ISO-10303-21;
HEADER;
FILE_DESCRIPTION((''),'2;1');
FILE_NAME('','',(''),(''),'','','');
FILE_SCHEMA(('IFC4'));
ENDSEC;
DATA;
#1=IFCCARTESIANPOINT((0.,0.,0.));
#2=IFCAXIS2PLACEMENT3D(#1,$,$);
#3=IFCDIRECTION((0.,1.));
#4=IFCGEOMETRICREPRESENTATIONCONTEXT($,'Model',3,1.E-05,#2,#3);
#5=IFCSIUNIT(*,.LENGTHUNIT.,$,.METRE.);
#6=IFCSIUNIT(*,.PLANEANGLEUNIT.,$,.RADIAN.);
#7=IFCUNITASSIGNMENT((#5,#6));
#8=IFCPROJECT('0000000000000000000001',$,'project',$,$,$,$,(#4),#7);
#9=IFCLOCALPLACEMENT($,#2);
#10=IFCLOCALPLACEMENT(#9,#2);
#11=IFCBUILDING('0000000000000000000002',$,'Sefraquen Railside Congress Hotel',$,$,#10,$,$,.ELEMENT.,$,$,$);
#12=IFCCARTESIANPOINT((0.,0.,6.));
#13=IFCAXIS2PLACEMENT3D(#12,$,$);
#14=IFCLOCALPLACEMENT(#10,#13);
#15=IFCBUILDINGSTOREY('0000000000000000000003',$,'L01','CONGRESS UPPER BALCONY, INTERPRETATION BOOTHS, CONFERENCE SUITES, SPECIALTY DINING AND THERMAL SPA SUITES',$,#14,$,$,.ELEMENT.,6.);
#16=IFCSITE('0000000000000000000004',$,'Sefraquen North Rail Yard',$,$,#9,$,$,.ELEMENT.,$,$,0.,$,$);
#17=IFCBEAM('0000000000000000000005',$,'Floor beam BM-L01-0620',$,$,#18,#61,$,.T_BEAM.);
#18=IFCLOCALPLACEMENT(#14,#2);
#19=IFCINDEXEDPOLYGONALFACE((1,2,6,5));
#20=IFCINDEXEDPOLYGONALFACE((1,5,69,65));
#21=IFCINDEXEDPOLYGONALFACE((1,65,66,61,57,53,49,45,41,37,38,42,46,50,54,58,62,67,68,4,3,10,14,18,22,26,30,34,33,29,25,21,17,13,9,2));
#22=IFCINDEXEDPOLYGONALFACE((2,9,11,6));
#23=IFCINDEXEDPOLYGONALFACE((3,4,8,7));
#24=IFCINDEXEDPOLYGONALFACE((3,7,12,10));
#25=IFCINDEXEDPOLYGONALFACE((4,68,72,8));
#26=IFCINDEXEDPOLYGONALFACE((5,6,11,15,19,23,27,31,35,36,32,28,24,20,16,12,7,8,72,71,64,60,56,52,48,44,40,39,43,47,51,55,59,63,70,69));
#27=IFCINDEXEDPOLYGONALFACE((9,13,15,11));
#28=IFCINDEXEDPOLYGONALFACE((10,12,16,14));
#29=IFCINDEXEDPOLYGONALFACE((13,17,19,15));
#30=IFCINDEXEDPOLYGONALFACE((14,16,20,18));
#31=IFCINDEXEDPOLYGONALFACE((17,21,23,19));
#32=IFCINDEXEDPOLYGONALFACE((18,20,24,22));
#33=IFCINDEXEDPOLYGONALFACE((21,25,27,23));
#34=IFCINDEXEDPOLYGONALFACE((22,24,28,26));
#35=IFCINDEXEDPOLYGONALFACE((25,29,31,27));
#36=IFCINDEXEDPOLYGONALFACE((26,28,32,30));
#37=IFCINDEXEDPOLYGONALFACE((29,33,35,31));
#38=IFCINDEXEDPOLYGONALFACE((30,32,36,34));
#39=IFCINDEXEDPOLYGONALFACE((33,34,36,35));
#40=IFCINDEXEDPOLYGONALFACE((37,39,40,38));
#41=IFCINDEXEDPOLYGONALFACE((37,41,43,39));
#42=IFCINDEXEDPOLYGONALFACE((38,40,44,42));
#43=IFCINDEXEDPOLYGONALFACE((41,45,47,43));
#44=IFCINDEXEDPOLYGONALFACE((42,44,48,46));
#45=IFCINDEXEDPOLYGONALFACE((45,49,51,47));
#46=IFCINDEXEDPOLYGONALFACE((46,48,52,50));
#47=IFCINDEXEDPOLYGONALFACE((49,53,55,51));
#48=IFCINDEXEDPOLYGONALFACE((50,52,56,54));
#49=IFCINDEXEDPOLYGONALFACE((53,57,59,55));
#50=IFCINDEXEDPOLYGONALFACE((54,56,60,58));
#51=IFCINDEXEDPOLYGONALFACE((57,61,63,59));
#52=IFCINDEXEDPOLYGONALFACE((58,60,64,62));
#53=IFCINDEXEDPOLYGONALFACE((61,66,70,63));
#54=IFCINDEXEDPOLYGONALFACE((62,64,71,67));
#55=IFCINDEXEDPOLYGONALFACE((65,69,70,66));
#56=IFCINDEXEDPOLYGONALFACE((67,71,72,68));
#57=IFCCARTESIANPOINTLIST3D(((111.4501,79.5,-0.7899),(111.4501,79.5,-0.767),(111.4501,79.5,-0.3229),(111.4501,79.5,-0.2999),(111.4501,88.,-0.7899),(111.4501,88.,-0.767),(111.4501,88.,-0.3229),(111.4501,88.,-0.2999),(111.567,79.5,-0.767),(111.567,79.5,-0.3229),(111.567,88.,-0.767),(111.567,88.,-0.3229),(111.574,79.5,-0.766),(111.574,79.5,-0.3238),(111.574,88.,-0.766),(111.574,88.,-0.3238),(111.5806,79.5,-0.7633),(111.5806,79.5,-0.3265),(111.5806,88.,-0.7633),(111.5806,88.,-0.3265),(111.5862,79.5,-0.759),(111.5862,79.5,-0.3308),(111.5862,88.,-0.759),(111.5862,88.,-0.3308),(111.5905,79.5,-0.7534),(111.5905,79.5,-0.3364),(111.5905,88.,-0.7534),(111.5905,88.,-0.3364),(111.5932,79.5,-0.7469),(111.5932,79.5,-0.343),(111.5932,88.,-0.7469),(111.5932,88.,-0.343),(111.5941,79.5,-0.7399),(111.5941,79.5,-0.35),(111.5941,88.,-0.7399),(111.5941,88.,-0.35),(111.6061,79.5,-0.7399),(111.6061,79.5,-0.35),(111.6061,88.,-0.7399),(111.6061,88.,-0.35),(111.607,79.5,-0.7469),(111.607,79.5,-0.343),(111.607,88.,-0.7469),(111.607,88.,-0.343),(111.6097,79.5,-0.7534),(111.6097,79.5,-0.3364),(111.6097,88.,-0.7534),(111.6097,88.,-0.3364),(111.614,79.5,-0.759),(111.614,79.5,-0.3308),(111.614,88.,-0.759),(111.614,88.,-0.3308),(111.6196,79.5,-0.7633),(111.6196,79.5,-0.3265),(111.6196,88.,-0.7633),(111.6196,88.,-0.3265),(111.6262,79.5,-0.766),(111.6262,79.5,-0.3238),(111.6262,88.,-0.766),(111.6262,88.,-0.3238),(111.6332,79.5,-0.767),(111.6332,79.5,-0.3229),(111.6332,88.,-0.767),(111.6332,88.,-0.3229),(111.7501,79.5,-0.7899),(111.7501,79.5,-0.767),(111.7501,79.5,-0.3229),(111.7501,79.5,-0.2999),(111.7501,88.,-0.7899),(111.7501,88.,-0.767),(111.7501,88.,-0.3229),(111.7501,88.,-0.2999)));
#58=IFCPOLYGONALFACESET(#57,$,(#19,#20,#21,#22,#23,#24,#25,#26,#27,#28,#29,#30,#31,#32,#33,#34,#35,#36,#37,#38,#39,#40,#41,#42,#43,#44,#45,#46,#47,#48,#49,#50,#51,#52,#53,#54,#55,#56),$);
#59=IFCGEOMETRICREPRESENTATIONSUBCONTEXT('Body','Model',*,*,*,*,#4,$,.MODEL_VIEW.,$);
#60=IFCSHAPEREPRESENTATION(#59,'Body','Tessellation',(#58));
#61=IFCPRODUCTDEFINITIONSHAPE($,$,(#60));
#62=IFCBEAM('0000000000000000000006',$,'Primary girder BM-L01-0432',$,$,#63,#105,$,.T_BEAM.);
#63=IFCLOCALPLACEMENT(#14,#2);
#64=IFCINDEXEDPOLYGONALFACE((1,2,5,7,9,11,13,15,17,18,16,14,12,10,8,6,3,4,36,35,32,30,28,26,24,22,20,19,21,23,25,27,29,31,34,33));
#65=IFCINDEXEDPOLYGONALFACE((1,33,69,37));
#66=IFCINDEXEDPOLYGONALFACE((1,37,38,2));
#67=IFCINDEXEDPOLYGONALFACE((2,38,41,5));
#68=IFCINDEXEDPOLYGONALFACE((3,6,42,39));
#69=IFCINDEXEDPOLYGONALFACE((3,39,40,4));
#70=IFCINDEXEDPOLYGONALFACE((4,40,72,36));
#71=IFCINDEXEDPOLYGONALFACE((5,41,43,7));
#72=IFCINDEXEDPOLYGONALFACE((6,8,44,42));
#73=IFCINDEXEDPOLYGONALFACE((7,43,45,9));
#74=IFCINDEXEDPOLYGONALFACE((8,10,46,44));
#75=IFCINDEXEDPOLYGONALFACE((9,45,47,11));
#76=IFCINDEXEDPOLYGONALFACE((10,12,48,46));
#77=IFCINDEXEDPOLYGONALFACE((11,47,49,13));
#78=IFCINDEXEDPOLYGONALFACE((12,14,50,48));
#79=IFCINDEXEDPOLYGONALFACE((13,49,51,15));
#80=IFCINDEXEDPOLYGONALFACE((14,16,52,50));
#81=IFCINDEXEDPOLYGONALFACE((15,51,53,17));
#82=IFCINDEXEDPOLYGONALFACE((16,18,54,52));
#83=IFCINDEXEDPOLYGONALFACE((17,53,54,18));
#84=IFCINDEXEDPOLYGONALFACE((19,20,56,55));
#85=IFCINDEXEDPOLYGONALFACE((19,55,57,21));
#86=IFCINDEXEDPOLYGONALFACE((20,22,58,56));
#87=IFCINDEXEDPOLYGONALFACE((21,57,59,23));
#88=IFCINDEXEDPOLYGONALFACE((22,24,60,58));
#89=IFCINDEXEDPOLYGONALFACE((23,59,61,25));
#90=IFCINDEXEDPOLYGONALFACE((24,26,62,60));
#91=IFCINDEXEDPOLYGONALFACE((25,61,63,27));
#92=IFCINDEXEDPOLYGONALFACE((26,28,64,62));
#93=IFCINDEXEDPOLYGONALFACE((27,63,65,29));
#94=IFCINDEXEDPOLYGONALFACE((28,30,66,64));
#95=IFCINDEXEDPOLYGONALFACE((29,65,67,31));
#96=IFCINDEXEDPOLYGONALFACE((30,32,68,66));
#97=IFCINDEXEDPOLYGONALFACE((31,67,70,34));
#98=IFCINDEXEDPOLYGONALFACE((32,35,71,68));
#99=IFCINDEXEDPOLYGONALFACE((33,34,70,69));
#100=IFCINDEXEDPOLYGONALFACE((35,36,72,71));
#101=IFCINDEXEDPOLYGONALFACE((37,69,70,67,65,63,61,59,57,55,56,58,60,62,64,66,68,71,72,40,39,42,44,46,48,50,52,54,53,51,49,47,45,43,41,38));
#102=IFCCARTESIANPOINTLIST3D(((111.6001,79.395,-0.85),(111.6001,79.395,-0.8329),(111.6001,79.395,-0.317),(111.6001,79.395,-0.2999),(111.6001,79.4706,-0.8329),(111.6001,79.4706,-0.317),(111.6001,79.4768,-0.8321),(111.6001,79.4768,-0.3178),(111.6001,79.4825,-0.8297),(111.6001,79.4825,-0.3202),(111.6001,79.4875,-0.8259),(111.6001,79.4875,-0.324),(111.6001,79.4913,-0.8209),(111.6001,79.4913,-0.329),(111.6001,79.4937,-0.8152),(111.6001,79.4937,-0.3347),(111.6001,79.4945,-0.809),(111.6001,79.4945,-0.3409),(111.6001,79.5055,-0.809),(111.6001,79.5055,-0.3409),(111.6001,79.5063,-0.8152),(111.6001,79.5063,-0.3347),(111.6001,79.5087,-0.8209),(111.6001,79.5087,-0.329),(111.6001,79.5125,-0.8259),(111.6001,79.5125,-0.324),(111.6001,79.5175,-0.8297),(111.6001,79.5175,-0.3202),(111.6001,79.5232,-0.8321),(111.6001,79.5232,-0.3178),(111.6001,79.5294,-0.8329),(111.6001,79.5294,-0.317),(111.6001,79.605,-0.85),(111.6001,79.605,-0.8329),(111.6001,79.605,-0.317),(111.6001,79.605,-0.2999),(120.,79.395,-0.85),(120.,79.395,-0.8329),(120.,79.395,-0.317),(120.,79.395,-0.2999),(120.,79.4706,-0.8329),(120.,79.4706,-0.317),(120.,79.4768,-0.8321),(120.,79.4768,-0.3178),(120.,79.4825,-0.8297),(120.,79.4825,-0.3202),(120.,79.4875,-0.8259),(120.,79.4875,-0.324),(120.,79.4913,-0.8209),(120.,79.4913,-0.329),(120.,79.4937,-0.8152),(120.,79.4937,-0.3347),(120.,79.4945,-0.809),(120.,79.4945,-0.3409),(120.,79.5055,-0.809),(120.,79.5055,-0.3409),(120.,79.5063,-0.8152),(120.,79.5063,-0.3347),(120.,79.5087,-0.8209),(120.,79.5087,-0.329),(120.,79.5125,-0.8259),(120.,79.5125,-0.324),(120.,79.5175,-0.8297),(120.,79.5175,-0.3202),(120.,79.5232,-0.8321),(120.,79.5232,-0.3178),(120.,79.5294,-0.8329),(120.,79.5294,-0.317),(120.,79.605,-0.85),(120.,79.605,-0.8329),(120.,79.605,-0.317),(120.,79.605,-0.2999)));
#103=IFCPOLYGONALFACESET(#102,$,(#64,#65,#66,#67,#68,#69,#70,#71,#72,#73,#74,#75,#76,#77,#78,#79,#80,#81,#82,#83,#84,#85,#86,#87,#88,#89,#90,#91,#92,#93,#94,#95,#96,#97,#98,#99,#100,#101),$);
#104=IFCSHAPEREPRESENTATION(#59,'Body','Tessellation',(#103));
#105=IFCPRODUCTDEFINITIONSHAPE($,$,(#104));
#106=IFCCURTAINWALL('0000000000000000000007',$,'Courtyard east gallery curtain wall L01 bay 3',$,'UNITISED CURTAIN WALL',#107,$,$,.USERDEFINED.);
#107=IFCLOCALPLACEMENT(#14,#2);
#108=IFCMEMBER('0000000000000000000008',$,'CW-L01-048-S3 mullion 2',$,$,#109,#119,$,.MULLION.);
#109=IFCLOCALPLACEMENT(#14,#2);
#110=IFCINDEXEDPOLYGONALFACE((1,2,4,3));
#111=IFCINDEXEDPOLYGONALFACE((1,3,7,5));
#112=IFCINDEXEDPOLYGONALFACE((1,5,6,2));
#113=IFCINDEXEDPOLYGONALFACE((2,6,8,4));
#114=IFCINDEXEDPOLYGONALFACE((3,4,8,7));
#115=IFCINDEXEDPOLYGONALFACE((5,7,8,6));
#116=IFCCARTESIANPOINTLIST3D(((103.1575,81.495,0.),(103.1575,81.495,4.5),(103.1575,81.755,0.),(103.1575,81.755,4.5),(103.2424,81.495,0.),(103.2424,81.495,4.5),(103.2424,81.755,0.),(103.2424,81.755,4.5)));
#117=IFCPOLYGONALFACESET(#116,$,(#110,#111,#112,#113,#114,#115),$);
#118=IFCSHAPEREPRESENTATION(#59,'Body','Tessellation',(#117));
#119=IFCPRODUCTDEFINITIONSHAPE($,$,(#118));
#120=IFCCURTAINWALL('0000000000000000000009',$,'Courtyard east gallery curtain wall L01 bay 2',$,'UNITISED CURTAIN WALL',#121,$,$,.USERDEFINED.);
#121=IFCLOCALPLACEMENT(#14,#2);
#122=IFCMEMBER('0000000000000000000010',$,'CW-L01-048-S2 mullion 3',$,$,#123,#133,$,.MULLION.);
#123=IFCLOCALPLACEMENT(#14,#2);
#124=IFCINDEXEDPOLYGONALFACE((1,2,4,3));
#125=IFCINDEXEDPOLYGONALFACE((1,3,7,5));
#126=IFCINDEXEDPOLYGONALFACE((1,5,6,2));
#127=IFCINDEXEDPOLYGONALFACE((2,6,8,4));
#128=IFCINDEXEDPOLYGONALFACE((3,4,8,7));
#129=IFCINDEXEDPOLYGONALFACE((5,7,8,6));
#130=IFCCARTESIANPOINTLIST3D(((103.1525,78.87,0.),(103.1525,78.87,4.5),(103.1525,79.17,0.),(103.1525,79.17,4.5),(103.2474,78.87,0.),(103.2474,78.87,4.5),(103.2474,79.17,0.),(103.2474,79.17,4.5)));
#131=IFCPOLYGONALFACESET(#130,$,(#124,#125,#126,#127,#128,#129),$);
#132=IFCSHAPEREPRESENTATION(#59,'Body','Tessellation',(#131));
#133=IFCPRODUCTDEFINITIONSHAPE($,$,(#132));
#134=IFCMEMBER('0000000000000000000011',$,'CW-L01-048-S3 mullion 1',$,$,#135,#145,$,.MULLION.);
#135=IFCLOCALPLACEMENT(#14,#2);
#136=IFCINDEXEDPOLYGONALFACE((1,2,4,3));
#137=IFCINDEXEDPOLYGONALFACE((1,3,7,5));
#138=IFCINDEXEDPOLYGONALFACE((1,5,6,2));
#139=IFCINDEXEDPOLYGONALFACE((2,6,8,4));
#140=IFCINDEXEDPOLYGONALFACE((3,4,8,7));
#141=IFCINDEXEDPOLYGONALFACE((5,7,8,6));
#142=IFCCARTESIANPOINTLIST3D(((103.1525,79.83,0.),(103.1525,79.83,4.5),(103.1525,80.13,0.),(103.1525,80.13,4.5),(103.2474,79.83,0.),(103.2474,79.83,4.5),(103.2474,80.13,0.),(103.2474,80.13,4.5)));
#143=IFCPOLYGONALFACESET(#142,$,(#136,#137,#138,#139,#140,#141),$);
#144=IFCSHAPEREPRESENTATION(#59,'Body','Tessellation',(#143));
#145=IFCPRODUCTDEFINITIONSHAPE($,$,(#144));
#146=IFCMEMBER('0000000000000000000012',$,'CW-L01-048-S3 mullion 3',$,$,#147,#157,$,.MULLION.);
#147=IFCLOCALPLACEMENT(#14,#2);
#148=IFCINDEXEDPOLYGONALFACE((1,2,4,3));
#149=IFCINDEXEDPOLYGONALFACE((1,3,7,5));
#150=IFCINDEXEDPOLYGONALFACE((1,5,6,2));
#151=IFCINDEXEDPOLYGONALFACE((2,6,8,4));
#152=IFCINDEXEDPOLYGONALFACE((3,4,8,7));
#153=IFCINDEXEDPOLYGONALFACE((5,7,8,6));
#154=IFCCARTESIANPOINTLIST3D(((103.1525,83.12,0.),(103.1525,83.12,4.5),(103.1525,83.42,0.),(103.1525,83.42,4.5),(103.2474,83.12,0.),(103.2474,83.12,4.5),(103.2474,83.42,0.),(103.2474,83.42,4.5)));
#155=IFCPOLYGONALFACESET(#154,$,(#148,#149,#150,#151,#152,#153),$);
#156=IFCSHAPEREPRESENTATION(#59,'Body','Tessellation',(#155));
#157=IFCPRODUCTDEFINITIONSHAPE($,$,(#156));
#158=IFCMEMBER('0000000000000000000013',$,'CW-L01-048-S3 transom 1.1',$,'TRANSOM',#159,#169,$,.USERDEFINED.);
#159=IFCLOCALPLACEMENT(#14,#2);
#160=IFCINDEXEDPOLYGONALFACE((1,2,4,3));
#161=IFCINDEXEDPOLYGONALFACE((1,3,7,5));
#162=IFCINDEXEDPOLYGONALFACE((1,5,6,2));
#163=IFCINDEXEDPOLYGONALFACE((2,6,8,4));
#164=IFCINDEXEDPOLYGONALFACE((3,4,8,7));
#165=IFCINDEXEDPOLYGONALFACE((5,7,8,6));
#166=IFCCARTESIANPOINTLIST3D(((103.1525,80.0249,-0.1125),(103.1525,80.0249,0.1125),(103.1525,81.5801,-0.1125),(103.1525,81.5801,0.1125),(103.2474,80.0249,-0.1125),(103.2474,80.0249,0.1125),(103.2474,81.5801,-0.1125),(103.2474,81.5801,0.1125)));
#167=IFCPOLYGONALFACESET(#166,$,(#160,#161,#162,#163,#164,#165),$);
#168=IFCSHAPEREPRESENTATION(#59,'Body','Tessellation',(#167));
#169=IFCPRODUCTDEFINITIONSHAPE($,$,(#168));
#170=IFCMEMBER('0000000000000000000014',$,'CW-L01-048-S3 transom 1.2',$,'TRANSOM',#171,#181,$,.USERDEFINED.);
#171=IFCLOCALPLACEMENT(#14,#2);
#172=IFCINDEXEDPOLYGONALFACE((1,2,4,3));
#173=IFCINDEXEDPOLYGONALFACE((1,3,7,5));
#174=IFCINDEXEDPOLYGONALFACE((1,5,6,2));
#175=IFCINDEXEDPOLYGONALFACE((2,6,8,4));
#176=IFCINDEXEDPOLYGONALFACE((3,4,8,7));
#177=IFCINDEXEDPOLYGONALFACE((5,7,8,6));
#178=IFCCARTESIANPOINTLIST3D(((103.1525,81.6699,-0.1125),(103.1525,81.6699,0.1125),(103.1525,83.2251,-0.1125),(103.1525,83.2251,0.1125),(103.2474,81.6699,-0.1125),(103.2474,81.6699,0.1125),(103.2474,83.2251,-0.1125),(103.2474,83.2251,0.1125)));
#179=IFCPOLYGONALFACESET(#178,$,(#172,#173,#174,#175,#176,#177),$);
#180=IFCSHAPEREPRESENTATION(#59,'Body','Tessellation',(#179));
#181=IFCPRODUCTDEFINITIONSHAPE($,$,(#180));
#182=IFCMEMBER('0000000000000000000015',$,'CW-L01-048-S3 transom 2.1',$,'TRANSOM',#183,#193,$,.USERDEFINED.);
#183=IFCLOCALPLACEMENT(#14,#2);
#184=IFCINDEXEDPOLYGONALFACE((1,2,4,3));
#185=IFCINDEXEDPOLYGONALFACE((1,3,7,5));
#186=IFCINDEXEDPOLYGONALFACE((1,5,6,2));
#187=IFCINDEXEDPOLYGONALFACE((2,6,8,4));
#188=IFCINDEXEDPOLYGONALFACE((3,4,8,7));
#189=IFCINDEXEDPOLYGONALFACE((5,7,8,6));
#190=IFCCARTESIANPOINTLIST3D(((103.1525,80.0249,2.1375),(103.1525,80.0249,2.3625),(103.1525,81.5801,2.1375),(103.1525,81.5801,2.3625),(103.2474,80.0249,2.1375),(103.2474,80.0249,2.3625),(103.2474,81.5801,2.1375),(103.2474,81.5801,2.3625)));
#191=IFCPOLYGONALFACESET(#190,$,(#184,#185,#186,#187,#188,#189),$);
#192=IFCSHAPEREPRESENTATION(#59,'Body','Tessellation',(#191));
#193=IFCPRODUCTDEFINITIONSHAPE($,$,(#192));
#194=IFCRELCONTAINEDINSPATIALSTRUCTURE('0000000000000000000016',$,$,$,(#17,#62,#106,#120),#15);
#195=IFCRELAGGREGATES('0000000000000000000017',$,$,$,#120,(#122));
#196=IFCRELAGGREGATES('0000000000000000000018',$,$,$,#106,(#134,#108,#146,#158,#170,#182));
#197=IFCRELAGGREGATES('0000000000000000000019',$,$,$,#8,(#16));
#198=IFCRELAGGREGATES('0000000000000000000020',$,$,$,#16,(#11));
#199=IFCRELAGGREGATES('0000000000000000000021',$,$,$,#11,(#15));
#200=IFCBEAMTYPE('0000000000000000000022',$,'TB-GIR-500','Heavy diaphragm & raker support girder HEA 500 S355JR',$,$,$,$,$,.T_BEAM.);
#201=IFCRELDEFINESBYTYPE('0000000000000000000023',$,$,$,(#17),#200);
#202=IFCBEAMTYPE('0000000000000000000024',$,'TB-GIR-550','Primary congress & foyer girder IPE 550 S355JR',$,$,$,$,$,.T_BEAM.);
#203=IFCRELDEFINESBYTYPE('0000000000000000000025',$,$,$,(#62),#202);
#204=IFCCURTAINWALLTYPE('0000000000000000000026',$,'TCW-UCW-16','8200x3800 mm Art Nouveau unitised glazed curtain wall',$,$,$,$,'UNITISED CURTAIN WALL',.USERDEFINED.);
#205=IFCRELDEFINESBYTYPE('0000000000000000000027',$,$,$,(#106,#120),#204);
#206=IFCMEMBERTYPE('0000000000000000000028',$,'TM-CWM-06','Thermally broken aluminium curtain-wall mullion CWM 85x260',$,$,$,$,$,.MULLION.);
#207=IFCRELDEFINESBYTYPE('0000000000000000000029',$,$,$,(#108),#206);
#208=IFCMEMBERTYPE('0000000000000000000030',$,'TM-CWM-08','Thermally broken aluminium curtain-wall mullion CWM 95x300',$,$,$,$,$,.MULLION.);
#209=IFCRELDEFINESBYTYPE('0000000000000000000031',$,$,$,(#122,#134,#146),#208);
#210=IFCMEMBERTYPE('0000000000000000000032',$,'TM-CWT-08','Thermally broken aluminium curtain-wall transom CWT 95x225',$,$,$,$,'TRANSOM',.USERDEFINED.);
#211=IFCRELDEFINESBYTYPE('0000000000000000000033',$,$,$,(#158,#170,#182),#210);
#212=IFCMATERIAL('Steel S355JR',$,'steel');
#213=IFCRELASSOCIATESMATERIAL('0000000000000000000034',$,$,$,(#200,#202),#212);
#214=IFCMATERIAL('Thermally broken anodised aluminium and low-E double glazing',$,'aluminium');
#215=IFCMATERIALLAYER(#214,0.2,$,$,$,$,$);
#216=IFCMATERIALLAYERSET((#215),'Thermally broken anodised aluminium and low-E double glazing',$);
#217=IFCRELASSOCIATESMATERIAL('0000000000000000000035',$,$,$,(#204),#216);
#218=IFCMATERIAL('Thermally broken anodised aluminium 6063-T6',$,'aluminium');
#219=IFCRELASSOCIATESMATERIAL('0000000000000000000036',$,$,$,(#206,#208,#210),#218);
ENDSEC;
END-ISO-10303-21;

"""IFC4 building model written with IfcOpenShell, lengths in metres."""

from ifc_helpers import new_model, si_unit, direction, frame, origin, origin_2d, place, context, subcontext, project, spatial, rectangle, i_section, extrude, material, layer, layer_set, material_profile, profile_set, type_object, element, aggregate, save


model = new_model("IFC4")

# Units and contexts
model_context = context("Model", 3, precision=1e-05, world=origin(), true_north=direction((0.0, 1.0)))
body_context = subcontext(model_context, "Body", "Model", "MODEL_VIEW")
ifc_project = project(units=[si_unit("LENGTHUNIT", "METRE"), si_unit("PLANEANGLEUNIT", "RADIAN")], contexts=[model_context])

# Site, building, storey
site_placement = place(None, origin())
site = spatial("IfcSite", under=ifc_project, at=site_placement, Name="Sefraquen North Rail Yard", CompositionType="ELEMENT", RefElevation=0.0)
building_placement = place(site_placement, origin())
building = spatial("IfcBuilding", under=site, at=building_placement, Name="Sefraquen Railside Congress Hotel", CompositionType="ELEMENT")
storey_placement = place(building_placement, frame((0.0, 0.0, 6.0)))
storey = spatial("IfcBuildingStorey", under=building, at=storey_placement, Name="L01", Description="CONGRESS UPPER BALCONY, INTERPRETATION BOOTHS, CONFERENCE SUITES, SPECIALTY DINING AND THERMAL SPA SUITES", CompositionType="ELEMENT", Elevation=6.0)

# Shared definitions
ifc_material_1 = material(Name="Steel S355JR", Category="steel")

# Beams
ifc_material_profile_1 = material_profile(ifc_material_1, i_section(OverallWidth=0.3, OverallDepth=0.49, WebThickness=0.012, FlangeThickness=0.0229, FilletRadius=0.0271, at=origin_2d()), Name="HEA 500")
ifc_profile_set_1 = profile_set([ifc_material_profile_1], Name="Steel S355JR")
beam_type_1 = type_object("IfcBeamType", Name="TB-GIR-500", Description="Heavy diaphragm & raker support girder HEA 500 S355JR", PredefinedType="T_BEAM", material=ifc_profile_set_1)
for number, where, z_axis, x_axis, name in (
    (1, (111.6001, 79.5, -0.5449), (0.0, 1.0, 0.0), (-1.0, 0.0, 0.0), "Floor beam BM-L01-0620"),
):
    element("IfcBeam", number, at=place(storey_placement, frame(where, z_axis=z_axis, x_axis=x_axis)), inside=storey, type_object=beam_type_1, Name=name, PredefinedType="T_BEAM", context=body_context, shape_type="SweptSolid", body=[
        extrude(i_section(OverallWidth=0.3, OverallDepth=0.49, WebThickness=0.012, FlangeThickness=0.0229, FilletRadius=0.0271, at=origin_2d()), origin(), (0.0, 0.0, 1.0), 8.5),
    ])
ifc_material_profile_2 = material_profile(ifc_material_1, i_section(OverallWidth=0.21, OverallDepth=0.55, WebThickness=0.011, FlangeThickness=0.0171, FilletRadius=0.0239, at=origin_2d()), Name="IPE 550")
ifc_profile_set_2 = profile_set([ifc_material_profile_2], Name="Steel S355JR")
beam_type_2 = type_object("IfcBeamType", Name="TB-GIR-550", Description="Primary congress & foyer girder IPE 550 S355JR", PredefinedType="T_BEAM", material=ifc_profile_set_2)
beam_placement = place(storey_placement, frame((111.6001, 79.5, -0.575), z_axis=(1.0, 0.0, 0.0), x_axis=(0.0, 1.0, 0.0)))
element("IfcBeam", 2, at=beam_placement, inside=storey, type_object=beam_type_2, Name="Primary girder BM-L01-0432", PredefinedType="T_BEAM", context=body_context, shape_type="SweptSolid", body=[
    extrude(i_section(OverallWidth=0.21, OverallDepth=0.55, WebThickness=0.011, FlangeThickness=0.0171, FilletRadius=0.0239, at=origin_2d()), origin(), (0.0, 0.0, 1.0), 8.3999),
])

# Curtain walls, members
ifc_material_2 = material(Name="Thermally broken anodised aluminium and low-E double glazing", Category="aluminium")
ifc_layer_1 = layer(ifc_material_2, 0.2)
ifc_layer_set_1 = layer_set([ifc_layer_1], Name="Thermally broken anodised aluminium and low-E double glazing")
curtain_wall_type = type_object("IfcCurtainWallType", Name="TCW-UCW-16", Description="8200x3800 mm Art Nouveau unitised glazed curtain wall", ElementType="UNITISED CURTAIN WALL", PredefinedType="USERDEFINED", material=ifc_layer_set_1)
curtain_wall_1_placement = place(storey_placement, origin())
curtain_wall_1 = element("IfcCurtainWall", 3, at=curtain_wall_1_placement, inside=storey, type_object=curtain_wall_type, Name="Courtyard east gallery curtain wall L01 bay 3", ObjectType="UNITISED CURTAIN WALL", PredefinedType="USERDEFINED")
ifc_material_3 = material(Name="Thermally broken anodised aluminium 6063-T6", Category="aluminium")
ifc_material_profile_3 = material_profile(ifc_material_3, rectangle(XDim=0.085, YDim=0.26, at=origin_2d()), Name="CWM 85x260")
ifc_profile_set_3 = profile_set([ifc_material_profile_3], Name="Thermally broken anodised aluminium 6063-T6")
member_type_1 = type_object("IfcMemberType", Name="TM-CWM-06", Description="Thermally broken aluminium curtain-wall mullion CWM 85x260", PredefinedType="MULLION", material=ifc_profile_set_3)
member_1_placement = place(storey_placement, frame((103.2, 81.625, 0.0), z_axis=(0.0, 0.0, 1.0), x_axis=(1.0, 0.0, 0.0)))
member_1 = element("IfcMember", 4, at=member_1_placement, type_object=member_type_1, Name="CW-L01-048-S3 mullion 2", PredefinedType="MULLION", context=body_context, shape_type="SweptSolid", body=[
    extrude(rectangle(XDim=0.085, YDim=0.26, at=origin_2d()), origin(), (0.0, 0.0, 1.0), 4.5),
])
curtain_wall_2_placement = place(storey_placement, origin())
curtain_wall_2 = element("IfcCurtainWall", 5, at=curtain_wall_2_placement, inside=storey, type_object=curtain_wall_type, Name="Courtyard east gallery curtain wall L01 bay 2", ObjectType="UNITISED CURTAIN WALL", PredefinedType="USERDEFINED")
ifc_material_profile_4 = material_profile(ifc_material_3, rectangle(XDim=0.095, YDim=0.3, at=origin_2d()), Name="CWM 95x300")
ifc_profile_set_4 = profile_set([ifc_material_profile_4], Name="Thermally broken anodised aluminium 6063-T6")
member_type_2 = type_object("IfcMemberType", Name="TM-CWM-08", Description="Thermally broken aluminium curtain-wall mullion CWM 95x300", PredefinedType="MULLION", material=ifc_profile_set_4)
member_2_placement = place(storey_placement, frame((103.2, 79.02, 0.0), z_axis=(0.0, 0.0, 1.0), x_axis=(1.0, 0.0, 0.0)))
member_2 = element("IfcMember", 6, at=member_2_placement, type_object=member_type_2, Name="CW-L01-048-S2 mullion 3", PredefinedType="MULLION", context=body_context, shape_type="SweptSolid", body=[
    extrude(rectangle(XDim=0.095, YDim=0.3, at=origin_2d()), origin(), (0.0, 0.0, 1.0), 4.5),
])

# Members
member_3_placement = place(storey_placement, frame((103.2, 79.98, 0.0), z_axis=(0.0, 0.0, 1.0), x_axis=(1.0, 0.0, 0.0)))
member_3 = element("IfcMember", 7, at=member_3_placement, type_object=member_type_2, Name="CW-L01-048-S3 mullion 1", PredefinedType="MULLION", context=body_context, shape_type="SweptSolid", body=[
    extrude(rectangle(XDim=0.095, YDim=0.3, at=origin_2d()), origin(), (0.0, 0.0, 1.0), 4.5),
])
member_4_placement = place(storey_placement, frame((103.2, 83.27, 0.0), z_axis=(0.0, 0.0, 1.0), x_axis=(1.0, 0.0, 0.0)))
member_4 = element("IfcMember", 8, at=member_4_placement, type_object=member_type_2, Name="CW-L01-048-S3 mullion 3", PredefinedType="MULLION", context=body_context, shape_type="SweptSolid", body=[
    extrude(rectangle(XDim=0.095, YDim=0.3, at=origin_2d()), origin(), (0.0, 0.0, 1.0), 4.5),
])
ifc_material_profile_5 = material_profile(ifc_material_3, rectangle(XDim=0.095, YDim=0.2251, at=origin_2d()), Name="CWT 95x225")
ifc_profile_set_5 = profile_set([ifc_material_profile_5], Name="Thermally broken anodised aluminium 6063-T6")
member_type_3 = type_object("IfcMemberType", Name="TM-CWT-08", Description="Thermally broken aluminium curtain-wall transom CWT 95x225", ElementType="TRANSOM", PredefinedType="USERDEFINED", material=ifc_profile_set_5)
member_5_placement = place(storey_placement, frame((103.2, 80.0249, 0.0), z_axis=(0.0, 1.0, 0.0), x_axis=(-1.0, 0.0, 0.0)))
member_5 = element("IfcMember", 9, at=member_5_placement, type_object=member_type_3, Name="CW-L01-048-S3 transom 1.1", ObjectType="TRANSOM", PredefinedType="USERDEFINED", context=body_context, shape_type="SweptSolid", body=[
    extrude(rectangle(XDim=0.095, YDim=0.2251, at=origin_2d()), origin(), (0.0, 0.0, 1.0), 1.5552),
])
member_6_placement = place(storey_placement, frame((103.2, 81.6699, 0.0), z_axis=(0.0, 1.0, 0.0), x_axis=(-1.0, 0.0, 0.0)))
member_6 = element("IfcMember", 10, at=member_6_placement, type_object=member_type_3, Name="CW-L01-048-S3 transom 1.2", ObjectType="TRANSOM", PredefinedType="USERDEFINED", context=body_context, shape_type="SweptSolid", body=[
    extrude(rectangle(XDim=0.095, YDim=0.2251, at=origin_2d()), origin(), (0.0, 0.0, 1.0), 1.5552),
])
member_7_placement = place(storey_placement, frame((103.2, 80.0249, 2.25), z_axis=(0.0, 1.0, 0.0), x_axis=(-1.0, 0.0, 0.0)))
member_7 = element("IfcMember", 11, at=member_7_placement, type_object=member_type_3, Name="CW-L01-048-S3 transom 2.1", ObjectType="TRANSOM", PredefinedType="USERDEFINED", context=body_context, shape_type="SweptSolid", body=[
    extrude(rectangle(XDim=0.095, YDim=0.2251, at=origin_2d()), origin(), (0.0, 0.0, 1.0), 1.5552),
])

aggregate(curtain_wall_2, [member_2])
aggregate(curtain_wall_1, [member_3, member_1, member_4, member_5, member_6, member_7])

save(model, "model.ifc")
